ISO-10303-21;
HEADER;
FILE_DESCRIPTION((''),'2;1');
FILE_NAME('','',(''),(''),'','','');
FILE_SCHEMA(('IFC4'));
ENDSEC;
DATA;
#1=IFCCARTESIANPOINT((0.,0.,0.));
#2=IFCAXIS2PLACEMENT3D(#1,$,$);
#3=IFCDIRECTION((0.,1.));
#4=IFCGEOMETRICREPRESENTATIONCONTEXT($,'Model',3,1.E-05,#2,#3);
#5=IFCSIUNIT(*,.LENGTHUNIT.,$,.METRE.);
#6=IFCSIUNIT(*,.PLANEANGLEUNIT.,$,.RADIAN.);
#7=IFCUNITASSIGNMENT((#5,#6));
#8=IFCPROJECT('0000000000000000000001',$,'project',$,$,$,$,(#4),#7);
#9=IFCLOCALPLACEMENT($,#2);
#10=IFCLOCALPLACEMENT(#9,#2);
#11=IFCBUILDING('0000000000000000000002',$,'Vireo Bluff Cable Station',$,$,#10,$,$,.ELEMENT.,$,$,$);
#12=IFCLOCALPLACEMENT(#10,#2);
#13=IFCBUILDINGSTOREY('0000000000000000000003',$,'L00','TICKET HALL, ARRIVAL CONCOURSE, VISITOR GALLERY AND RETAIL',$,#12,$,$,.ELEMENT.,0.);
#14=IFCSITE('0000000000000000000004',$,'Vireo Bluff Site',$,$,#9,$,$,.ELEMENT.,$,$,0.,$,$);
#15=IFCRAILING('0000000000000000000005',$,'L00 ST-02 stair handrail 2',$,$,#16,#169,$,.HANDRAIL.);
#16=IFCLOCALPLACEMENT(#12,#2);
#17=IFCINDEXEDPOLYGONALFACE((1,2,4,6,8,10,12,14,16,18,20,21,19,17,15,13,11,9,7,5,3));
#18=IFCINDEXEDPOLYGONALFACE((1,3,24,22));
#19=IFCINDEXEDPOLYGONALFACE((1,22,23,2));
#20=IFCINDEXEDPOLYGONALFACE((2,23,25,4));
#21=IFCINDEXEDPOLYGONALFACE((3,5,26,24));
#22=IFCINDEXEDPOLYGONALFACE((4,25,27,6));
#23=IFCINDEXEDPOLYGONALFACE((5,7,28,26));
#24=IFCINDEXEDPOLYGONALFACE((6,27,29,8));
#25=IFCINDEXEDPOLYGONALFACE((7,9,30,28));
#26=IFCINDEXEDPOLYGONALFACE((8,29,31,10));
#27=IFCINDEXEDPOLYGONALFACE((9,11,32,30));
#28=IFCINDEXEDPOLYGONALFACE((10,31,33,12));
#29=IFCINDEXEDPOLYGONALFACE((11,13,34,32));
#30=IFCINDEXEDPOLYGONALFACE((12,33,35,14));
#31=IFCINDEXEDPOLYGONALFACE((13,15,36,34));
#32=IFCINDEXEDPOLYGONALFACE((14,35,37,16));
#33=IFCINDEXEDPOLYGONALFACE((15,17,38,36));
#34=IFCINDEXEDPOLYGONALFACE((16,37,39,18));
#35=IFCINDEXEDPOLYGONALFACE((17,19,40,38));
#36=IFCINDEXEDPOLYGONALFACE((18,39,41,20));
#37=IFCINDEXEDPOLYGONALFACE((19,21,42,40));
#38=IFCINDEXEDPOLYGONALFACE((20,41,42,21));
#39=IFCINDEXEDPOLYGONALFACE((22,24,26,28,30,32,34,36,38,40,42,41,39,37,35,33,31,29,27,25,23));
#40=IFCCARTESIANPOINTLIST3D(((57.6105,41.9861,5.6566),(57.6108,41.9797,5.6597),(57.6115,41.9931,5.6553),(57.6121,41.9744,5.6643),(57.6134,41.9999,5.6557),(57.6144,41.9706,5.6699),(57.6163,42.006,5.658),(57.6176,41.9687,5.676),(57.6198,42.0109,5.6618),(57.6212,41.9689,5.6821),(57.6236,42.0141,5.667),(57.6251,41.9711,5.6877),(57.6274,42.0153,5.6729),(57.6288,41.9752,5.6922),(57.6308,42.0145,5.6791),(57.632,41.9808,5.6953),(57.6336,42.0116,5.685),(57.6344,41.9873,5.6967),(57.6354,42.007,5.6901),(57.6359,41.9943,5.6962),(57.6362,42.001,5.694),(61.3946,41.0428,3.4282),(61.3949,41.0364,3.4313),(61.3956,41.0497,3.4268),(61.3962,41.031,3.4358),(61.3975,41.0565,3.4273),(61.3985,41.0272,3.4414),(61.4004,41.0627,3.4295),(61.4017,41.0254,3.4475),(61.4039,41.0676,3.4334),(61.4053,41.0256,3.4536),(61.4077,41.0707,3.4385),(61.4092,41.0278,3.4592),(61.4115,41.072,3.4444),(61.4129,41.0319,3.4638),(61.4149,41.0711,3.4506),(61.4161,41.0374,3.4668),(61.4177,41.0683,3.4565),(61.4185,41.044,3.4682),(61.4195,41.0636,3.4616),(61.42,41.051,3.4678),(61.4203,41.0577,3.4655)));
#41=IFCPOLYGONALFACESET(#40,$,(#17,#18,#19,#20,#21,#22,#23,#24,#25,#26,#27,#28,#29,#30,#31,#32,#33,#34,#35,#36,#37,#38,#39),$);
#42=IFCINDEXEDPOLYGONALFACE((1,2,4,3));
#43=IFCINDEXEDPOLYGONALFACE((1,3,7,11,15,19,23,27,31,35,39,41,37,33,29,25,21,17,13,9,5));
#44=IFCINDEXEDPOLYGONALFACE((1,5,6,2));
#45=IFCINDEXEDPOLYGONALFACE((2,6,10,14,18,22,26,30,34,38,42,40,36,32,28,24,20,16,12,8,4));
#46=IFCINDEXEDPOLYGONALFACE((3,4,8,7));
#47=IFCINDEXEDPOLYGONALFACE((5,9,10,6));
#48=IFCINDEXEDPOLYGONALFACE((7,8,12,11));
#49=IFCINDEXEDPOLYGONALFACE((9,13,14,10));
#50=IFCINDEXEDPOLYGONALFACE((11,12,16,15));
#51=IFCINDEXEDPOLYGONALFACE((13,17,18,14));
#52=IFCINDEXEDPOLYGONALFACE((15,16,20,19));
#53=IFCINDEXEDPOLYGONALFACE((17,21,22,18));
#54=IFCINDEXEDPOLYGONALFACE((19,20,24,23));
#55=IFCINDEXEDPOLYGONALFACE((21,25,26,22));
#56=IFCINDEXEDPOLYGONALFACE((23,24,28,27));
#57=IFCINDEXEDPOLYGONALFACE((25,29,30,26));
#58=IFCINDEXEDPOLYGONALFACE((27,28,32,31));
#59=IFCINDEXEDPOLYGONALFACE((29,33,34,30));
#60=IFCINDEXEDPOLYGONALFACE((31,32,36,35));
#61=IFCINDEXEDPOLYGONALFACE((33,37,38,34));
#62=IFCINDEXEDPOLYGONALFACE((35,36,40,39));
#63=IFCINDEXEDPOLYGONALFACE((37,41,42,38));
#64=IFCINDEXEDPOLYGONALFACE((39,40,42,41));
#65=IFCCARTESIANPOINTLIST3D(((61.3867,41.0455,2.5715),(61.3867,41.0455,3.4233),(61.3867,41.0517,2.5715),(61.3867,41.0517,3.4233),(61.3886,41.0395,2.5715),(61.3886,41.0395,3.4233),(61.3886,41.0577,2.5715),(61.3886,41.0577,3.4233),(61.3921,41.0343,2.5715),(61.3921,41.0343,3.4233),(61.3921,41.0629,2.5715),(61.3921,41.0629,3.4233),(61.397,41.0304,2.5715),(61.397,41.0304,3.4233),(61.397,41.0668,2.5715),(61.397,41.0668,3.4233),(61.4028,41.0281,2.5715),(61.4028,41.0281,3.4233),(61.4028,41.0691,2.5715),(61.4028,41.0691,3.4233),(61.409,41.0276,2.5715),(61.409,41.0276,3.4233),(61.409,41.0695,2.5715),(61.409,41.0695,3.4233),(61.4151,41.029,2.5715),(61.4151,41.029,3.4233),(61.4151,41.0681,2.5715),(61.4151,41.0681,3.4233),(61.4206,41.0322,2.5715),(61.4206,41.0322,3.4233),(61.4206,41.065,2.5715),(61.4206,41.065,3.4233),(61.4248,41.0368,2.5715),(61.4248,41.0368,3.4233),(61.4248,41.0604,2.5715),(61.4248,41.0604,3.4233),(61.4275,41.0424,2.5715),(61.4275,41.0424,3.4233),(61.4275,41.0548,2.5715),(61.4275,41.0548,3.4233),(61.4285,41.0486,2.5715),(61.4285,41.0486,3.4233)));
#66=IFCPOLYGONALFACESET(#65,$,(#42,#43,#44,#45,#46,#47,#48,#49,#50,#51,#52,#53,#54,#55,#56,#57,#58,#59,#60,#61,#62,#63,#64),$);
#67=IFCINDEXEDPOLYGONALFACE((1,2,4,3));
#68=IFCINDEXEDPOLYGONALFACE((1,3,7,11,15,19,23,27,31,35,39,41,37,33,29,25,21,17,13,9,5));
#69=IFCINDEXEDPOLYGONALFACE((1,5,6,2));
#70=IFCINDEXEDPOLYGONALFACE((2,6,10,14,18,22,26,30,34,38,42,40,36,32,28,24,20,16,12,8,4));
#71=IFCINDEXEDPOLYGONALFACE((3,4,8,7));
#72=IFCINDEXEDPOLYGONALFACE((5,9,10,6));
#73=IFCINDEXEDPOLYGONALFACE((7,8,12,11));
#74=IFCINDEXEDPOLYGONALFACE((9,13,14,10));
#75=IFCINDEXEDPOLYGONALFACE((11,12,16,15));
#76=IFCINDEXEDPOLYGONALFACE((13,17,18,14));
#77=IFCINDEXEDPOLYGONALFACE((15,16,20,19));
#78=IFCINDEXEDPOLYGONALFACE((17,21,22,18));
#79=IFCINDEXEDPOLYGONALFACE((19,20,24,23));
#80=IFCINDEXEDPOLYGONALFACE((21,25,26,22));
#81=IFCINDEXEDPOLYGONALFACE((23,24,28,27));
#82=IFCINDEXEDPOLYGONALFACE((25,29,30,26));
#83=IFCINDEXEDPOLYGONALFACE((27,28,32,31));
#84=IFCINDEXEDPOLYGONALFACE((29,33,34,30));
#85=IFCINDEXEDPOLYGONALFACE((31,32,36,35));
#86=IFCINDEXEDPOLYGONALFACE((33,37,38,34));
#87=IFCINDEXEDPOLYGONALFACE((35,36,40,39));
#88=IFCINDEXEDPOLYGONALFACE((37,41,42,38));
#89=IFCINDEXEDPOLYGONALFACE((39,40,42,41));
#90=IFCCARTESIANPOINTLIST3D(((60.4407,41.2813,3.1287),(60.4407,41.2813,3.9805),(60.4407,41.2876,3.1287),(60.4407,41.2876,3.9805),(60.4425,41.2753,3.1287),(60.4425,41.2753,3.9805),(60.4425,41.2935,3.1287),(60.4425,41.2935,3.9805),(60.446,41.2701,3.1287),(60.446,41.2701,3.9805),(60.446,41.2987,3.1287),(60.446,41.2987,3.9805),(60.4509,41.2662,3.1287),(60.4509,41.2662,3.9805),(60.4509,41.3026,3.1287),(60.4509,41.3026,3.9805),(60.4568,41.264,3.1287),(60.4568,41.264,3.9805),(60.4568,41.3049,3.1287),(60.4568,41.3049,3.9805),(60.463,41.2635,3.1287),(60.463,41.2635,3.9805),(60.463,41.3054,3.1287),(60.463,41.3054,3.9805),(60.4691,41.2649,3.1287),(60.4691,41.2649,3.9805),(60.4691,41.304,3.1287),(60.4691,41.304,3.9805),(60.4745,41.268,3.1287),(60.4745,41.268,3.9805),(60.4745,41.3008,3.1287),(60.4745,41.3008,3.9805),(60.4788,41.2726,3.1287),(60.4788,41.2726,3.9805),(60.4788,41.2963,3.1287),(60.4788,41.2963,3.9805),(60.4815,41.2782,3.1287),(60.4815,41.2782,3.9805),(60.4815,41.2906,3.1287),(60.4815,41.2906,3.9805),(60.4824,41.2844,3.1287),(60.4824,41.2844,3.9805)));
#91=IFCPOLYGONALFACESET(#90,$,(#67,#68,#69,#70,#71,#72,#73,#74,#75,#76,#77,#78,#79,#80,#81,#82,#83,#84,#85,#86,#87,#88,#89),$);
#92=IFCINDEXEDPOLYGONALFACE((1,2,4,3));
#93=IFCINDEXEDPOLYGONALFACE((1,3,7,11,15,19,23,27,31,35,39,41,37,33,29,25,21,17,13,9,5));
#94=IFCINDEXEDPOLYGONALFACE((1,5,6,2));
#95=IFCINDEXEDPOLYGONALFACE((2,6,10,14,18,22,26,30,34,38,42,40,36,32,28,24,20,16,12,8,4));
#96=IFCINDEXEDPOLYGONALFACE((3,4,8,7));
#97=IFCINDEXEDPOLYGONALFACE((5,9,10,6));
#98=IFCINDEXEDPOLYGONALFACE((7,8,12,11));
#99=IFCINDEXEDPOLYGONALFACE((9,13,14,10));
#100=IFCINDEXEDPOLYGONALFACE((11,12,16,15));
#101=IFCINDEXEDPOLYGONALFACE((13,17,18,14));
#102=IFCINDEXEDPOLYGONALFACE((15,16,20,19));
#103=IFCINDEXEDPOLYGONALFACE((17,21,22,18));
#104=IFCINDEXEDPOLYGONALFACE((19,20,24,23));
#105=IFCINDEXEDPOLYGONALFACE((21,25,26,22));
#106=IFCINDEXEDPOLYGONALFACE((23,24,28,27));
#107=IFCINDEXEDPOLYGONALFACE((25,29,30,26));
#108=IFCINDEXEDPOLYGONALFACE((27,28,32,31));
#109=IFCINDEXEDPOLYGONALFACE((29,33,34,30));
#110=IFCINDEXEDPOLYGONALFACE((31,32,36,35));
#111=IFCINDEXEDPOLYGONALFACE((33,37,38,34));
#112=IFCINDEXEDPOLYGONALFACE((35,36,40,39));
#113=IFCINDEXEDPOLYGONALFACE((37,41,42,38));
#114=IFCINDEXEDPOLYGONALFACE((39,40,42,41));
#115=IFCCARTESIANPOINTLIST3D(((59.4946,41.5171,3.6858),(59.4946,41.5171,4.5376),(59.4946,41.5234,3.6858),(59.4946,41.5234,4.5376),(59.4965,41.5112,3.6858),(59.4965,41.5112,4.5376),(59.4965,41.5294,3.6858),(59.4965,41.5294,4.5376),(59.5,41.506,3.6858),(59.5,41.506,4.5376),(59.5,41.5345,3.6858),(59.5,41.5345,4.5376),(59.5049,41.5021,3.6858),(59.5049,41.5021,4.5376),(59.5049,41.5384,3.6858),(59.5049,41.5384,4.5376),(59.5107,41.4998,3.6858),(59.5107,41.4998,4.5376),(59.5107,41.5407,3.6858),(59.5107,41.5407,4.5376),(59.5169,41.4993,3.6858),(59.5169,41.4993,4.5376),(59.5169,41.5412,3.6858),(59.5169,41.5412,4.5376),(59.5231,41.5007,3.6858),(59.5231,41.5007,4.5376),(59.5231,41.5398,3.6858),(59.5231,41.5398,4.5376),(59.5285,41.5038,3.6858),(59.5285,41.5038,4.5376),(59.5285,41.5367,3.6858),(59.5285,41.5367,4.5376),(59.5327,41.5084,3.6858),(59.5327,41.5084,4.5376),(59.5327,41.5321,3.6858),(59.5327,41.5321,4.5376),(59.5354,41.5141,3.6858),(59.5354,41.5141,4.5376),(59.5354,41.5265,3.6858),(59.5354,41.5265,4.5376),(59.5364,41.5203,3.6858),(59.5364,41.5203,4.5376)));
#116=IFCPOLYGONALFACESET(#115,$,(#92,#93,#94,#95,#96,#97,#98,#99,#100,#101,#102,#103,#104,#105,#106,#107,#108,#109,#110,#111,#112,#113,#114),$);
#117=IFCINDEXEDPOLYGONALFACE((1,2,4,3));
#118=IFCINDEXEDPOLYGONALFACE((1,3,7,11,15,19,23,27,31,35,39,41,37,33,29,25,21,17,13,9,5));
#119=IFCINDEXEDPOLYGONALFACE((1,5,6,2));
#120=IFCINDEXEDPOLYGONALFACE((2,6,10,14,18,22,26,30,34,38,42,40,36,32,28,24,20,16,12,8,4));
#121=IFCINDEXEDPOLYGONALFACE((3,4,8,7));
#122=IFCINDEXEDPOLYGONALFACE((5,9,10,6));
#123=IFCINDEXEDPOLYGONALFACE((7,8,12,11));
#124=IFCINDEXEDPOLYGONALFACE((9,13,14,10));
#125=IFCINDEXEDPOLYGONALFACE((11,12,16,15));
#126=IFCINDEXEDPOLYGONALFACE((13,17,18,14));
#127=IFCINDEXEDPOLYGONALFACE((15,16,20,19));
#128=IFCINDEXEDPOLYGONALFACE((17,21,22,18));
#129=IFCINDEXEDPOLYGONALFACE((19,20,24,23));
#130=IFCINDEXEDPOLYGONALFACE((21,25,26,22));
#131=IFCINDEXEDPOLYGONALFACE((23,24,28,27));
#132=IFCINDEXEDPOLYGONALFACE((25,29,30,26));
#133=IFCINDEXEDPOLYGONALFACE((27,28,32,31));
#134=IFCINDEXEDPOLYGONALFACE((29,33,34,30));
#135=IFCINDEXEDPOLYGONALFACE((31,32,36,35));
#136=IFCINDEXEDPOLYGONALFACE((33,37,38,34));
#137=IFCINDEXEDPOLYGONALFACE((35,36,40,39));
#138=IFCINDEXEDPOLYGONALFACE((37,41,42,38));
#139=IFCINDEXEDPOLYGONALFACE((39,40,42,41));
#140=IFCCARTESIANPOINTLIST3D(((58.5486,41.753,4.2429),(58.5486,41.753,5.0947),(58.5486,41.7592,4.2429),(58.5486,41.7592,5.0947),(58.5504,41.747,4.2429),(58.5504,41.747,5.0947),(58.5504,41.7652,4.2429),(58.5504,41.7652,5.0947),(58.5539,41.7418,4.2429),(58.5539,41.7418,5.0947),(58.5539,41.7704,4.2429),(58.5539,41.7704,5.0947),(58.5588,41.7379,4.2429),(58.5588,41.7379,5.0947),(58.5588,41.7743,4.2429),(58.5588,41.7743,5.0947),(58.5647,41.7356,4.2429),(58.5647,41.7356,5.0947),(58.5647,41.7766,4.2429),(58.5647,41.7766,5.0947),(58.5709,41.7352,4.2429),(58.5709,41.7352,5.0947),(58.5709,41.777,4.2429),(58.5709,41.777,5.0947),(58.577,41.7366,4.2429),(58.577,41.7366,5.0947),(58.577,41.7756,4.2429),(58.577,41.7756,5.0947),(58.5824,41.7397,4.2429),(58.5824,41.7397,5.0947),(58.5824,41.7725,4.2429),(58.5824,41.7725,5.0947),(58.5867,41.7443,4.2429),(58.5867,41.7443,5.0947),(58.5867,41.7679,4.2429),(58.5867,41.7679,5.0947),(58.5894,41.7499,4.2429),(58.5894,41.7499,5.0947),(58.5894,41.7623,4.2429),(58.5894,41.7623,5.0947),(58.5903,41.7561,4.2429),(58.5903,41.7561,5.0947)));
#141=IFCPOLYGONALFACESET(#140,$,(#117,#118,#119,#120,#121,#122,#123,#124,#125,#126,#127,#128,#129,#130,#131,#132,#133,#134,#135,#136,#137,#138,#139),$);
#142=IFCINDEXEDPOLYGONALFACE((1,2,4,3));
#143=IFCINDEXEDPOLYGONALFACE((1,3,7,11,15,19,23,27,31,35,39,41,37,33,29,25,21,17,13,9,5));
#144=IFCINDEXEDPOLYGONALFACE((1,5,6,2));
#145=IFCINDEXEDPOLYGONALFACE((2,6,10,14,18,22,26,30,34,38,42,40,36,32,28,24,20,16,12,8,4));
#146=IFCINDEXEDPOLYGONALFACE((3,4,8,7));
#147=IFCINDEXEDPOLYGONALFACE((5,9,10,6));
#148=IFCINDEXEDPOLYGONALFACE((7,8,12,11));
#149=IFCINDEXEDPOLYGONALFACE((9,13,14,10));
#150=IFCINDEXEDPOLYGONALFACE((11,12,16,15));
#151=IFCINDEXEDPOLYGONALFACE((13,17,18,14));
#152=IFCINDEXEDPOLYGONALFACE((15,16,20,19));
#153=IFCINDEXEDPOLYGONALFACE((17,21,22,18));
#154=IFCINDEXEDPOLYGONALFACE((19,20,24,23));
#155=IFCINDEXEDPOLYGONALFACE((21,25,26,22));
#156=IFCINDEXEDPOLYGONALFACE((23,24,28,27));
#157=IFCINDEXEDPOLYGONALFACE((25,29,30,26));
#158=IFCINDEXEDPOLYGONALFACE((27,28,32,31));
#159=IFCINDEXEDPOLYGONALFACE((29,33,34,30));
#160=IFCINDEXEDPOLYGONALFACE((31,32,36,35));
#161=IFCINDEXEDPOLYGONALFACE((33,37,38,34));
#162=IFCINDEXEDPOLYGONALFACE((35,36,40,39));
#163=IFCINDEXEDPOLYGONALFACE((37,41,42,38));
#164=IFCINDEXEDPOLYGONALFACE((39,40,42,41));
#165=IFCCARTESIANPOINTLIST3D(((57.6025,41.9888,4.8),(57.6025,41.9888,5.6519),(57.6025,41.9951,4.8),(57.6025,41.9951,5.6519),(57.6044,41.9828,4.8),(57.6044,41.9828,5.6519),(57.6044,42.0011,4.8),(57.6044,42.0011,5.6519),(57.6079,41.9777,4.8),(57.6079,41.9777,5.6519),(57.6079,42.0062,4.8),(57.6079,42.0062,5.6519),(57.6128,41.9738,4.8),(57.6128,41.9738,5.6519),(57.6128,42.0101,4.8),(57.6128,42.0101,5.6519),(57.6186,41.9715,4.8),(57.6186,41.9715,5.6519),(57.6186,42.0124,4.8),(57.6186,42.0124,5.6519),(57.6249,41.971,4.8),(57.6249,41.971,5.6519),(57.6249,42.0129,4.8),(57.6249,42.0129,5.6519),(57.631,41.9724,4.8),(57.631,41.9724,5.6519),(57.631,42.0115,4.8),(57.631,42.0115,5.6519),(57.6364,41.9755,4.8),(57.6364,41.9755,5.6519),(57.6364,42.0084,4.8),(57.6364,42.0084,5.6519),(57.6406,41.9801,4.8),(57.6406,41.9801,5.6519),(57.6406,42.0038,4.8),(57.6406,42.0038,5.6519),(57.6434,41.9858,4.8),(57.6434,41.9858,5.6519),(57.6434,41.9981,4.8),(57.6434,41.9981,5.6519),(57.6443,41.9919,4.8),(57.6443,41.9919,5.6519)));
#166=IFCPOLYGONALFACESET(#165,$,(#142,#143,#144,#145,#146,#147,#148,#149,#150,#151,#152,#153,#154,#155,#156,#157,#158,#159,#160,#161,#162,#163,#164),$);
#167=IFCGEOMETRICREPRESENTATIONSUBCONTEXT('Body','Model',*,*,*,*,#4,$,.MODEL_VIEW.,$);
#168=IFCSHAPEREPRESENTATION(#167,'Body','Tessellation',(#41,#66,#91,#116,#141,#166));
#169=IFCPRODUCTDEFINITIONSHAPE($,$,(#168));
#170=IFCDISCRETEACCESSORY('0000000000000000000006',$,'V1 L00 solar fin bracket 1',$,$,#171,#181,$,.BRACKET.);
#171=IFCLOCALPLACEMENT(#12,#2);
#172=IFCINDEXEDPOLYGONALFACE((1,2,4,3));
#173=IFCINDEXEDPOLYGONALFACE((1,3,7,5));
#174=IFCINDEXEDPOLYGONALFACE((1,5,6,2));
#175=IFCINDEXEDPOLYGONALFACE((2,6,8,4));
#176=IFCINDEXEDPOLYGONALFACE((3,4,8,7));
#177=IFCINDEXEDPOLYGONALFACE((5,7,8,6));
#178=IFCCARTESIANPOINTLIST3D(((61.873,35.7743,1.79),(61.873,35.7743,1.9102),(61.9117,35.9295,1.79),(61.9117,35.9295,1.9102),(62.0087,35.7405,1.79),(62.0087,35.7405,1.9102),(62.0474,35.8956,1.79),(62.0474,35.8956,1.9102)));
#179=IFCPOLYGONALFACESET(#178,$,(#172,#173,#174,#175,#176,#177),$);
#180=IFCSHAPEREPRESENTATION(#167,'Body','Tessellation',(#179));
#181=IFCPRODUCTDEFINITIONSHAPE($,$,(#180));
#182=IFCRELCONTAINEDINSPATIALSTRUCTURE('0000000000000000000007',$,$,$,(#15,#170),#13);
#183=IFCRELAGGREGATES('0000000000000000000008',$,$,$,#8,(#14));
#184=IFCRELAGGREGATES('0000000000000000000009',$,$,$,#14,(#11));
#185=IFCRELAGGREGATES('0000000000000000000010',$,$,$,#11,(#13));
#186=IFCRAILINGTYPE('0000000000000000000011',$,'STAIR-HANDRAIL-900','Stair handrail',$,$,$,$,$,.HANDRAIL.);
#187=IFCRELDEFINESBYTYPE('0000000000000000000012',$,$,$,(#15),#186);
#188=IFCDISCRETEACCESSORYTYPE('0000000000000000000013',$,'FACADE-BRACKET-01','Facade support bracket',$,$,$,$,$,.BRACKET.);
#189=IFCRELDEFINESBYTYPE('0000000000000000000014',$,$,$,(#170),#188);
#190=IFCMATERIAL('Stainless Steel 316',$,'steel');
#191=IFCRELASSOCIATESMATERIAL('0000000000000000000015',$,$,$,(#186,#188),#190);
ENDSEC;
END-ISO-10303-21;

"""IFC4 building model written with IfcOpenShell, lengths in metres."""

from ifc_helpers import new_model, si_unit, direction, frame, origin, origin_2d, place, context, subcontext, project, spatial, rectangle, circle, extrude, material, type_object, element, save


model = new_model("IFC4")

# Units and contexts
model_context = context("Model", 3, precision=1e-05, world=origin(), true_north=direction((0.0, 1.0)))
body_context = subcontext(model_context, "Body", "Model", "MODEL_VIEW")
ifc_project = project(units=[si_unit("LENGTHUNIT", "METRE"), si_unit("PLANEANGLEUNIT", "RADIAN")], contexts=[model_context])

# Site, building, storey
site_placement = place(None, origin())
site = spatial("IfcSite", under=ifc_project, at=site_placement, Name="Vireo Bluff Site", CompositionType="ELEMENT", RefElevation=0.0)
building_placement = place(site_placement, origin())
building = spatial("IfcBuilding", under=site, at=building_placement, Name="Vireo Bluff Cable Station", CompositionType="ELEMENT")
storey_placement = place(building_placement, origin())
storey = spatial("IfcBuildingStorey", under=building, at=storey_placement, Name="L00", Description="TICKET HALL, ARRIVAL CONCOURSE, VISITOR GALLERY AND RETAIL", CompositionType="ELEMENT", Elevation=0.0)

# Railing
ifc_material_1 = material(Name="Stainless Steel 316", Category="steel")
railing_type_1 = type_object("IfcRailingType", Name="STAIR-HANDRAIL-900", Description="Stair handrail", PredefinedType="HANDRAIL", material=ifc_material_1)
railing_1_placement = place(storey_placement, frame((61.4075, 41.0486, 2.5715)))
element("IfcRailing", 1, at=railing_1_placement, inside=storey, type_object=railing_type_1, Name="L00 ST-02 stair handrail 2", PredefinedType="HANDRAIL", context=body_context, shape_type="SweptSolid", body=[
    extrude(circle(Radius=0.0239, at=origin_2d()), frame((0.0, 0.0, 0.876), z_axis=(-0.842465, 0.210018, 0.49613), x_axis=(-0.241887, -0.970304, 0.0)), (0.0, 0.0, 1.0), 4.4917),
    extrude(circle(Radius=0.021, at=origin_2d()), origin(), (0.0, 0.0, 1.0), 0.8518),
    extrude(circle(Radius=0.021, at=origin_2d()), frame((-0.946, 0.2358, 0.5571)), (0.0, 0.0, 1.0), 0.8518),
    extrude(circle(Radius=0.021, at=origin_2d()), frame((-1.8921, 0.4717, 1.1143)), (0.0, 0.0, 1.0), 0.8518),
    extrude(circle(Radius=0.021, at=origin_2d()), frame((-2.8381, 0.7075, 1.6714)), (0.0, 0.0, 1.0), 0.8518),
    extrude(circle(Radius=0.021, at=origin_2d()), frame((-3.7842, 0.9434, 2.2285)), (0.0, 0.0, 1.0), 0.8518),
])

# Discrete accessory
discrete_accessory_type = type_object("IfcDiscreteAccessoryType", Name="FACADE-BRACKET-01", Description="Facade support bracket", PredefinedType="BRACKET", material=ifc_material_1)
discrete_accessory_placement = place(storey_placement, frame((61.9602, 35.835, 1.79), z_axis=(0.0, 0.0, 1.0), x_axis=(-0.970296, 0.241922, 0.0)))
element("IfcDiscreteAccessory", 2, at=discrete_accessory_placement, inside=storey, type_object=discrete_accessory_type, Name="V1 L00 solar fin bracket 1", PredefinedType="BRACKET", context=body_context, shape_type="SweptSolid", body=[
    extrude(rectangle(XDim=0.1399, YDim=0.1599, at=origin_2d()), origin(), (0.0, 0.0, 1.0), 0.1201),
])

save(model, "model.ifc")
